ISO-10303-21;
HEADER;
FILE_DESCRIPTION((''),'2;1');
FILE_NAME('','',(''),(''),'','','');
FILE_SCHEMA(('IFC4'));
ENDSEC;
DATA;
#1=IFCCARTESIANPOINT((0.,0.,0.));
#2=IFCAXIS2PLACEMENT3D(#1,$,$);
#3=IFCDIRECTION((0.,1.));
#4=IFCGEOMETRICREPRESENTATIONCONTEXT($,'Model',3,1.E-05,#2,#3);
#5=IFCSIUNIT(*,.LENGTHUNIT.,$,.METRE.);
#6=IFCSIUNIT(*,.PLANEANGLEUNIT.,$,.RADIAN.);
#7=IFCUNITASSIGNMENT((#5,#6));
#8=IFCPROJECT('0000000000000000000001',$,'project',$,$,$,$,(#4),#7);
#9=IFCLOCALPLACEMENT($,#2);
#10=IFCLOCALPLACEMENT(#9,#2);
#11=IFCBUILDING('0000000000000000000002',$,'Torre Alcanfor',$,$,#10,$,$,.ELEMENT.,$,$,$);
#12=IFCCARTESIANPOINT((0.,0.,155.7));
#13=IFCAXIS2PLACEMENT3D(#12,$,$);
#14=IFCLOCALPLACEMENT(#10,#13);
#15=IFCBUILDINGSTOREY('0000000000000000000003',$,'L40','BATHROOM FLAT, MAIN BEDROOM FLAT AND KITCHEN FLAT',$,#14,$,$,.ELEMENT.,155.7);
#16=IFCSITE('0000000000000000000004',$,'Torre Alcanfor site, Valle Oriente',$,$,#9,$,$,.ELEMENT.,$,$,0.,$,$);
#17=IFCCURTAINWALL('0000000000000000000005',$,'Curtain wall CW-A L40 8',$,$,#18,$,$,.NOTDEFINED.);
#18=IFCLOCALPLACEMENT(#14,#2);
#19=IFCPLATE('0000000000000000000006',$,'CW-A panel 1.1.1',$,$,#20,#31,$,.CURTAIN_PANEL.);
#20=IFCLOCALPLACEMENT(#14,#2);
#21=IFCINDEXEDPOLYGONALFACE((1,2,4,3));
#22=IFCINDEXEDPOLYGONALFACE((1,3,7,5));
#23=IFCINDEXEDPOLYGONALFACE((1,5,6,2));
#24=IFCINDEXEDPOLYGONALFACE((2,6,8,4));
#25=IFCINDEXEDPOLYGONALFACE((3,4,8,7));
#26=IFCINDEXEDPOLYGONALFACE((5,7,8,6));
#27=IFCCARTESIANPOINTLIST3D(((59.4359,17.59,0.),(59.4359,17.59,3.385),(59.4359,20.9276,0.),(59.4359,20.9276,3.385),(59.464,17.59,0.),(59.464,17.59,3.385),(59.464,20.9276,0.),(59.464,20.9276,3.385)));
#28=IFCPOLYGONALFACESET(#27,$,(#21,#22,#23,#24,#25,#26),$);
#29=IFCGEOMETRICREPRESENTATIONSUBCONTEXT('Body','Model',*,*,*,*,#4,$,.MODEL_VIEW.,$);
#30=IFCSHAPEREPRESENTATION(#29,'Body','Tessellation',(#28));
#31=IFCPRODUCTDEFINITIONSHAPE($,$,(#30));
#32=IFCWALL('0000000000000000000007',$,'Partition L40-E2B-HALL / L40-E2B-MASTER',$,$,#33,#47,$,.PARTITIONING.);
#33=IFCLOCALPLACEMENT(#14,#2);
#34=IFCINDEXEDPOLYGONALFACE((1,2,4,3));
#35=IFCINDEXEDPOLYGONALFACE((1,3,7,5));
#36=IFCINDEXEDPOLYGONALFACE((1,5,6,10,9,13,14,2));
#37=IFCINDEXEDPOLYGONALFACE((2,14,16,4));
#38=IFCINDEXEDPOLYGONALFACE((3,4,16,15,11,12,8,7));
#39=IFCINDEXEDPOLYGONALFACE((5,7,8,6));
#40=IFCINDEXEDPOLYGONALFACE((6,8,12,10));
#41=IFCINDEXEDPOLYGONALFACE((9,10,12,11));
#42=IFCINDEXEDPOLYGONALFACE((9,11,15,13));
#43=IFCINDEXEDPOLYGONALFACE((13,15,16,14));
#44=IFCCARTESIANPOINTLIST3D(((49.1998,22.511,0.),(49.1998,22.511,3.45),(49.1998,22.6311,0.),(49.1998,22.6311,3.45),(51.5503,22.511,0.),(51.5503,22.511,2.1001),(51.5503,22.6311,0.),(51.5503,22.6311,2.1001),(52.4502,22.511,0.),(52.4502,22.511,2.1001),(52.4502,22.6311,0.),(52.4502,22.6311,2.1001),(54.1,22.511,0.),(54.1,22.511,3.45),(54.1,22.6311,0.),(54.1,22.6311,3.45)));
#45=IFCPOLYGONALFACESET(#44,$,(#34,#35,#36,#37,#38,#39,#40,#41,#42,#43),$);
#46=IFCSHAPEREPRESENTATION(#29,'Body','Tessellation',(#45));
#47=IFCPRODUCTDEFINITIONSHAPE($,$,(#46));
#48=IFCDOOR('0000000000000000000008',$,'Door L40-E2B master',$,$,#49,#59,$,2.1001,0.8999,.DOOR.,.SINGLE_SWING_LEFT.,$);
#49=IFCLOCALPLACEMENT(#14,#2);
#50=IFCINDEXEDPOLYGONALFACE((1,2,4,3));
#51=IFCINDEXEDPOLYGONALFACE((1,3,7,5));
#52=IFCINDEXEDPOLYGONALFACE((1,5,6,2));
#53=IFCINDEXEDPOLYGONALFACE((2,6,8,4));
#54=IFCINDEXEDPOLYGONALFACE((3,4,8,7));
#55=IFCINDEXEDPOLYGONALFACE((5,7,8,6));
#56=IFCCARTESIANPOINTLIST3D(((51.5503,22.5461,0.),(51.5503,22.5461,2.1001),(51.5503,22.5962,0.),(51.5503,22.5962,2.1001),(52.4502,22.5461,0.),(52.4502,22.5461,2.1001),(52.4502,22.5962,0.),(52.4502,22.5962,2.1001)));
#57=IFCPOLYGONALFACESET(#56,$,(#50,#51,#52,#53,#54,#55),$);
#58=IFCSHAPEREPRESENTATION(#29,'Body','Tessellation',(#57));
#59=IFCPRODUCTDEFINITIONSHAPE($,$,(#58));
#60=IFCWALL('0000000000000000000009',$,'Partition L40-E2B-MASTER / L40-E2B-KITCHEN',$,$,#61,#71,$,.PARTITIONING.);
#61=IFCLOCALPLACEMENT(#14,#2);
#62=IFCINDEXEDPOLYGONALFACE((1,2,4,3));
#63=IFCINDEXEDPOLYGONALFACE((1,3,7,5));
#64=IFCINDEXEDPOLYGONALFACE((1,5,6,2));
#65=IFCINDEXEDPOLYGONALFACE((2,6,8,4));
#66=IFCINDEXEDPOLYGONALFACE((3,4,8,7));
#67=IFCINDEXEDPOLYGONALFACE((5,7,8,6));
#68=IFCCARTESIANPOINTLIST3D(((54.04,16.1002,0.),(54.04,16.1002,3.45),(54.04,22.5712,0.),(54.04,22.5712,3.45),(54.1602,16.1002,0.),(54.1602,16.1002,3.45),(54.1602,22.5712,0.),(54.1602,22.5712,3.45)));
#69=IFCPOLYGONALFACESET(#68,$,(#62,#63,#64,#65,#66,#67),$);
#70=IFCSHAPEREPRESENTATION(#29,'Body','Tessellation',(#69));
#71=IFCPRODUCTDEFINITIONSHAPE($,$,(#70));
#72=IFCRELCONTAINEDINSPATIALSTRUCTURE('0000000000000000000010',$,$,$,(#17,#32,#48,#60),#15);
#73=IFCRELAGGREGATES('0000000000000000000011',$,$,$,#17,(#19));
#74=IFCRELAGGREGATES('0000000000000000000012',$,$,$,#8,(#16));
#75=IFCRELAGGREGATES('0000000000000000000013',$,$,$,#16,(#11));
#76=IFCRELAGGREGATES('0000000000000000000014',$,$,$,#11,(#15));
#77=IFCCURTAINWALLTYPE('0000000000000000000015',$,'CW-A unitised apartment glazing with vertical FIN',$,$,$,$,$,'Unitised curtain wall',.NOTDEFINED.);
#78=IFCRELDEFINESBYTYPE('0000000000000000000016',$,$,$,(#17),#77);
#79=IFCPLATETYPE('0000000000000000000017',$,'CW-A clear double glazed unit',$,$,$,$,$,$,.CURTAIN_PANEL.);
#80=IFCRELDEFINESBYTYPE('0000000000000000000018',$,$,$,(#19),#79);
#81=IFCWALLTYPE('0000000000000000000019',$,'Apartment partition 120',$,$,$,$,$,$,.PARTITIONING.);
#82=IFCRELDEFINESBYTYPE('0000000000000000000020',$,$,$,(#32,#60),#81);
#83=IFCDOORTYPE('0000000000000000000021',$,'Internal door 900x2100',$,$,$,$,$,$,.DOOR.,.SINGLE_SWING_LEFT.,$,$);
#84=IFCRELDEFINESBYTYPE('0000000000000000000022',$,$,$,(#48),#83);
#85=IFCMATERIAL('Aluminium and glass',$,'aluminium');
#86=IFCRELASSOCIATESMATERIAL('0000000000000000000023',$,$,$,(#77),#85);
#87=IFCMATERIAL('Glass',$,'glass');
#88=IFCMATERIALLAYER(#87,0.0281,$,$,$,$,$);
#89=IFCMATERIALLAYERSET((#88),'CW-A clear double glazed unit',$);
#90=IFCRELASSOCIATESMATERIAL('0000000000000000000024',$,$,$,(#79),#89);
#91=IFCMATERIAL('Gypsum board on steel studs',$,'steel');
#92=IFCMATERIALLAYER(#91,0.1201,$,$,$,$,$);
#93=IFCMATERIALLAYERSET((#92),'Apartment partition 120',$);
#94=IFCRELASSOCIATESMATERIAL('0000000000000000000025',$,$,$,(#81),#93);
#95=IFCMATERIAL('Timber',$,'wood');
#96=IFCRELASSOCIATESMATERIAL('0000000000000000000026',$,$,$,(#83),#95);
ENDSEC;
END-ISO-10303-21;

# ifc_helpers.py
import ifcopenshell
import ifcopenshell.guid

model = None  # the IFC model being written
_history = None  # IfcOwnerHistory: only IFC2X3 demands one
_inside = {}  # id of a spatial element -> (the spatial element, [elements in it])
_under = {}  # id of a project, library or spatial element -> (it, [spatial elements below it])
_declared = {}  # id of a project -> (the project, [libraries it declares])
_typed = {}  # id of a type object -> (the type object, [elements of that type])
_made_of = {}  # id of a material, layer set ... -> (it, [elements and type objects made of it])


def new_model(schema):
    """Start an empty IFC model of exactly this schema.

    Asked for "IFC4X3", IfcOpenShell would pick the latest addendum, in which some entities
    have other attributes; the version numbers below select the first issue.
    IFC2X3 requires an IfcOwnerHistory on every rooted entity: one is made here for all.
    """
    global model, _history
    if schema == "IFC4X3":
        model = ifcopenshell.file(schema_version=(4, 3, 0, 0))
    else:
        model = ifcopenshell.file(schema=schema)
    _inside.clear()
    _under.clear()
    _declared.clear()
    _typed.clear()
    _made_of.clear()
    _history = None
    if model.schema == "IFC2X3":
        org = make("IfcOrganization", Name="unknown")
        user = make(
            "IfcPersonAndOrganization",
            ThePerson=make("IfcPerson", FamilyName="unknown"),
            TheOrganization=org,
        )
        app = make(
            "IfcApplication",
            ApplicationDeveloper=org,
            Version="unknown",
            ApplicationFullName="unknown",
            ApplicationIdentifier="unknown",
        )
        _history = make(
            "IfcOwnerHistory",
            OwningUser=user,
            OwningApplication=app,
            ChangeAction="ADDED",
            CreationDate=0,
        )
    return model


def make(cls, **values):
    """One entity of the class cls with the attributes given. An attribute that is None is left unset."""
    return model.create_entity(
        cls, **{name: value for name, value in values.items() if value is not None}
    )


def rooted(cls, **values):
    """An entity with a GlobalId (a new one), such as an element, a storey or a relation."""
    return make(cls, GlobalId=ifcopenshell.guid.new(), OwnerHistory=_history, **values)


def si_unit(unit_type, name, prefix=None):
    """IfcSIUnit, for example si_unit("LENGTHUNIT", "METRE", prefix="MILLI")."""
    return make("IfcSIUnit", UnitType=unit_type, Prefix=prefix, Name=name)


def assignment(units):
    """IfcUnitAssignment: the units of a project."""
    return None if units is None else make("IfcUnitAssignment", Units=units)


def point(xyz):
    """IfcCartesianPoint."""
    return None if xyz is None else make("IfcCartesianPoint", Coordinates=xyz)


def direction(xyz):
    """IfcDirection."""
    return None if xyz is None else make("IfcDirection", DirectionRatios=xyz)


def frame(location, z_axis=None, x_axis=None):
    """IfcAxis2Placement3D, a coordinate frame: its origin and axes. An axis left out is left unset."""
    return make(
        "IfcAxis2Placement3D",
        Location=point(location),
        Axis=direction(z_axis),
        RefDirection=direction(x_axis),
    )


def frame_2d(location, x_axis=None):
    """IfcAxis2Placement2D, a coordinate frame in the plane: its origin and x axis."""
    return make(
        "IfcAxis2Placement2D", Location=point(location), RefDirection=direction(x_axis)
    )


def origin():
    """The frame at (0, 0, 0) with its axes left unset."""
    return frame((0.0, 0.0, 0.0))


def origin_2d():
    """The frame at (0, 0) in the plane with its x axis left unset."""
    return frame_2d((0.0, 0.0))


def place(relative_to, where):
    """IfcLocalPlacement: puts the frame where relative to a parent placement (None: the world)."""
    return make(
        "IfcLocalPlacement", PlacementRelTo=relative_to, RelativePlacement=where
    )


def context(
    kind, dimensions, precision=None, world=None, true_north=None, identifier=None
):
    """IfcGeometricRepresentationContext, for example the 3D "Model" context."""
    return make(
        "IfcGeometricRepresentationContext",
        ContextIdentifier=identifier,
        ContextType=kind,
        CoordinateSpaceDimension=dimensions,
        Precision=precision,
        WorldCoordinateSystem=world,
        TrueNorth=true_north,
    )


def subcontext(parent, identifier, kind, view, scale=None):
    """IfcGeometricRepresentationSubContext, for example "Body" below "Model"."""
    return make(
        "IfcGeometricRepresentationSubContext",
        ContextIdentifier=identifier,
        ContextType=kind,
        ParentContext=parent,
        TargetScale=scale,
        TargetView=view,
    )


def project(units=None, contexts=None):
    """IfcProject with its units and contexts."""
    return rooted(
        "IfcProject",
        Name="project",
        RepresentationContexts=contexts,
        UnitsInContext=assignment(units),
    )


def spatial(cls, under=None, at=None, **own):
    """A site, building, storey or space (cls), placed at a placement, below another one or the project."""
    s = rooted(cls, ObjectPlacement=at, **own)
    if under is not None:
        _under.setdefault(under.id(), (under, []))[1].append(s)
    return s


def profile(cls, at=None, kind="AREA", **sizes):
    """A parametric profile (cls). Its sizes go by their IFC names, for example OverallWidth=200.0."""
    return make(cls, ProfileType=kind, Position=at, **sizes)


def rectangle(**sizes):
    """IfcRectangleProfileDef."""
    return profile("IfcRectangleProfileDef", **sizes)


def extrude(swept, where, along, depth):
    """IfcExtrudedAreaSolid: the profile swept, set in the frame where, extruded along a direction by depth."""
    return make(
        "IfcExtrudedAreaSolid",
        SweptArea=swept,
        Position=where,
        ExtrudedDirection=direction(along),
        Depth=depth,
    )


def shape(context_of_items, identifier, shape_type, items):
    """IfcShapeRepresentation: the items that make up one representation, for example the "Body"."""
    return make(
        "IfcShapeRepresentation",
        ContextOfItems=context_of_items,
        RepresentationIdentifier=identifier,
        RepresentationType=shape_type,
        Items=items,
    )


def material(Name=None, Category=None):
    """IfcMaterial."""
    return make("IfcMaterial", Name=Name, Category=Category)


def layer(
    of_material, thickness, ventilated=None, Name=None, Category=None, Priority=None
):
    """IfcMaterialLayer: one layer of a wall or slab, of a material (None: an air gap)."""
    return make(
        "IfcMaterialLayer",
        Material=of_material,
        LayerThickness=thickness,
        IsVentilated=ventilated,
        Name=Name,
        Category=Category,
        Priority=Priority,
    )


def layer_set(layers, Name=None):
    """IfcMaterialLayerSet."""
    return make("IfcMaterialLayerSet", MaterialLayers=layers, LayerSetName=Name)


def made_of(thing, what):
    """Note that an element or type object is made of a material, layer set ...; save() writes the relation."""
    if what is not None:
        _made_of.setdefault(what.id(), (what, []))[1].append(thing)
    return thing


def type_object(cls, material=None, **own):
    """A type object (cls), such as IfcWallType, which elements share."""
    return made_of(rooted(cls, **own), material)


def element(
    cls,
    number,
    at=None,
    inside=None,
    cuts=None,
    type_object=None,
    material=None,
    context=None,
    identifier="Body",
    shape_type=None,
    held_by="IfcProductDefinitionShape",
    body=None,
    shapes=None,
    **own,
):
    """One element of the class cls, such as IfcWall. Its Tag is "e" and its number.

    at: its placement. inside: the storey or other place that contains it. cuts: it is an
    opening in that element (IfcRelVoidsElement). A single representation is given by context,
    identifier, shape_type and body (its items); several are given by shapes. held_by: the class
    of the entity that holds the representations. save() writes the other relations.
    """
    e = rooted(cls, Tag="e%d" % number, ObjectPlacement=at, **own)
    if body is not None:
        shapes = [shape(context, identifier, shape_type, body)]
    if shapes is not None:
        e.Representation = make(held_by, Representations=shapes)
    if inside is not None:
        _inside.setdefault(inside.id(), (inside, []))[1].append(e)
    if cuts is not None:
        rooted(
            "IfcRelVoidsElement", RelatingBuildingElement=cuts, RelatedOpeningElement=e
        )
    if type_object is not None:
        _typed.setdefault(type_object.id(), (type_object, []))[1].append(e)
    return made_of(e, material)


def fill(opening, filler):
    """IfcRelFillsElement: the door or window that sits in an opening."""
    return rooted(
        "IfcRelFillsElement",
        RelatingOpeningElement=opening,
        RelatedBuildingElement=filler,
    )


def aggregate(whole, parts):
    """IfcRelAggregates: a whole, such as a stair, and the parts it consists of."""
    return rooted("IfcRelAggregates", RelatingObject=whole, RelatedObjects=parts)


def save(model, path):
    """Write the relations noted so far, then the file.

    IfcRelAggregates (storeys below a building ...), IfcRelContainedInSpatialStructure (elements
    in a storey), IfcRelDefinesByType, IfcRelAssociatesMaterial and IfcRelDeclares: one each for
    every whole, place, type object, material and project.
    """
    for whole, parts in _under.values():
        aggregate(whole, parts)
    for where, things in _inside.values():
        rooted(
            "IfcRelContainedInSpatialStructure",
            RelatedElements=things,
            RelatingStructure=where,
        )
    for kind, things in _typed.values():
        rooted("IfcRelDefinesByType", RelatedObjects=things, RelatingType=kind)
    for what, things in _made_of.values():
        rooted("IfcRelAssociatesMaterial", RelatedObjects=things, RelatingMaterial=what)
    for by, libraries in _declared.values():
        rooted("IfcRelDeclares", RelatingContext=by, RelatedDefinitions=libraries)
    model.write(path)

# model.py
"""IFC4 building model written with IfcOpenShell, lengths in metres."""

from ifc_helpers import new_model, si_unit, direction, frame, frame_2d, origin, origin_2d, place, context, subcontext, project, spatial, rectangle, extrude, material, layer, layer_set, type_object, element, fill, aggregate, save


model = new_model("IFC4")

# Units and contexts
model_context = context("Model", 3, precision=1e-05, world=origin(), true_north=direction((0.0, 1.0)))
body_context = subcontext(model_context, "Body", "Model", "MODEL_VIEW")
ifc_project = project(units=[si_unit("LENGTHUNIT", "METRE"), si_unit("PLANEANGLEUNIT", "RADIAN")], contexts=[model_context])

# Site, building, storey
site_placement = place(None, origin())
site = spatial("IfcSite", under=ifc_project, at=site_placement, Name="Torre Alcanfor site, Valle Oriente", CompositionType="ELEMENT", RefElevation=0.0)
building_placement = place(site_placement, origin())
building = spatial("IfcBuilding", under=site, at=building_placement, Name="Torre Alcanfor", CompositionType="ELEMENT")
storey_placement = place(building_placement, frame((0.0, 0.0, 155.7)))
storey = spatial("IfcBuildingStorey", under=building, at=storey_placement, Name="L40", Description="BATHROOM FLAT, MAIN BEDROOM FLAT AND KITCHEN FLAT", CompositionType="ELEMENT", Elevation=155.7)

# Curtain wall
ifc_material_1 = material(Name="Aluminium and glass", Category="aluminium")
curtain_wall_type = type_object("IfcCurtainWallType", Name="CW-A unitised apartment glazing with vertical FIN", ElementType="Unitised curtain wall", PredefinedType="NOTDEFINED", material=ifc_material_1)
curtain_wall_placement = place(storey_placement, origin())
curtain_wall = element("IfcCurtainWall", 1, at=curtain_wall_placement, inside=storey, type_object=curtain_wall_type, Name="Curtain wall CW-A L40 8", PredefinedType="NOTDEFINED")

# Plate
ifc_material_2 = material(Name="Glass", Category="glass")
ifc_layer_1 = layer(ifc_material_2, 0.0281)
ifc_layer_set_1 = layer_set([ifc_layer_1], Name="CW-A clear double glazed unit")
plate_type = type_object("IfcPlateType", Name="CW-A clear double glazed unit", PredefinedType="CURTAIN_PANEL", material=ifc_layer_set_1)
plate_placement = place(storey_placement, frame((59.45, 19.2588, 0.0), z_axis=(0.0, 0.0, 1.0), x_axis=(0.0, 1.0, 0.0)))
plate = element("IfcPlate", 2, at=plate_placement, type_object=plate_type, Name="CW-A panel 1.1.1", PredefinedType="CURTAIN_PANEL", context=body_context, shape_type="SweptSolid", body=[
    extrude(rectangle(XDim=3.3376, YDim=0.0281, at=origin_2d()), origin(), (0.0, 0.0, 1.0), 3.385),
])
aggregate(curtain_wall, [plate])

# Wall, opening, door
ifc_material_3 = material(Name="Gypsum board on steel studs", Category="steel")
ifc_layer_2 = layer(ifc_material_3, 0.1201)
ifc_layer_set_2 = layer_set([ifc_layer_2], Name="Apartment partition 120")
wall_type_1 = type_object("IfcWallType", Name="Apartment partition 120", PredefinedType="PARTITIONING", material=ifc_layer_set_2)
wall_1_placement = place(storey_placement, frame((54.1001, 22.571, 0.0), z_axis=(0.0, 0.0, 1.0), x_axis=(-1.0, 0.0, 0.0)))
wall_1 = element("IfcWall", 3, at=wall_1_placement, inside=storey, type_object=wall_type_1, Name="Partition L40-E2B-HALL / L40-E2B-MASTER", PredefinedType="PARTITIONING", context=body_context, shape_type="SweptSolid", body=[
    extrude(rectangle(XDim=4.9001, YDim=0.1201, at=frame_2d((2.4502, 0.0))), origin(), (0.0, 0.0, 1.0), 3.45),
])
opening_placement = place(wall_1_placement, frame((1.6499, 0.0, 0.0)))
opening = element("IfcOpeningElement", 4, at=opening_placement, cuts=wall_1, PredefinedType="OPENING", context=body_context, shape_type="SweptSolid", body=[
    extrude(rectangle(XDim=0.8999, YDim=2.1001, at=frame_2d((0.45, 1.05))), frame((0.0, 0.0701, 0.0), z_axis=(0.0, -1.0, 0.0), x_axis=(1.0, 0.0, 0.0)), (0.0, 0.0, 1.0), 0.1401),
])
ifc_material_4 = material(Name="Timber", Category="wood")
door_type = type_object("IfcDoorType", Name="Internal door 900x2100", OperationType="SINGLE_SWING_LEFT", PredefinedType="DOOR", material=ifc_material_4)
door_placement = place(opening_placement, origin())
door = element("IfcDoor", 5, at=door_placement, inside=storey, type_object=door_type, Name="Door L40-E2B master", OperationType="SINGLE_SWING_LEFT", OverallHeight=2.1001, OverallWidth=0.8999, PredefinedType="DOOR", context=body_context, shape_type="SweptSolid", body=[
    extrude(rectangle(XDim=0.8999, YDim=2.1001, at=frame_2d((0.45, 1.05))), frame((0.0, 0.0249, 0.0), z_axis=(0.0, -1.0, 0.0), x_axis=(1.0, 0.0, 0.0)), (0.0, 0.0, 1.0), 0.05),
])
fill(opening, door)

# Wall
wall_2_placement = place(storey_placement, frame((54.1001, 22.571, 0.0), z_axis=(0.0, 0.0, 1.0), x_axis=(0.0, -1.0, 0.0)))
element("IfcWall", 6, at=wall_2_placement, inside=storey, type_object=wall_type_1, Name="Partition L40-E2B-MASTER / L40-E2B-KITCHEN", PredefinedType="PARTITIONING", context=body_context, shape_type="SweptSolid", body=[
    extrude(rectangle(XDim=6.4709, YDim=0.1201, at=frame_2d((3.2354, 0.0))), origin(), (0.0, 0.0, 1.0), 3.45),
])

save(model, "model.ifc")
